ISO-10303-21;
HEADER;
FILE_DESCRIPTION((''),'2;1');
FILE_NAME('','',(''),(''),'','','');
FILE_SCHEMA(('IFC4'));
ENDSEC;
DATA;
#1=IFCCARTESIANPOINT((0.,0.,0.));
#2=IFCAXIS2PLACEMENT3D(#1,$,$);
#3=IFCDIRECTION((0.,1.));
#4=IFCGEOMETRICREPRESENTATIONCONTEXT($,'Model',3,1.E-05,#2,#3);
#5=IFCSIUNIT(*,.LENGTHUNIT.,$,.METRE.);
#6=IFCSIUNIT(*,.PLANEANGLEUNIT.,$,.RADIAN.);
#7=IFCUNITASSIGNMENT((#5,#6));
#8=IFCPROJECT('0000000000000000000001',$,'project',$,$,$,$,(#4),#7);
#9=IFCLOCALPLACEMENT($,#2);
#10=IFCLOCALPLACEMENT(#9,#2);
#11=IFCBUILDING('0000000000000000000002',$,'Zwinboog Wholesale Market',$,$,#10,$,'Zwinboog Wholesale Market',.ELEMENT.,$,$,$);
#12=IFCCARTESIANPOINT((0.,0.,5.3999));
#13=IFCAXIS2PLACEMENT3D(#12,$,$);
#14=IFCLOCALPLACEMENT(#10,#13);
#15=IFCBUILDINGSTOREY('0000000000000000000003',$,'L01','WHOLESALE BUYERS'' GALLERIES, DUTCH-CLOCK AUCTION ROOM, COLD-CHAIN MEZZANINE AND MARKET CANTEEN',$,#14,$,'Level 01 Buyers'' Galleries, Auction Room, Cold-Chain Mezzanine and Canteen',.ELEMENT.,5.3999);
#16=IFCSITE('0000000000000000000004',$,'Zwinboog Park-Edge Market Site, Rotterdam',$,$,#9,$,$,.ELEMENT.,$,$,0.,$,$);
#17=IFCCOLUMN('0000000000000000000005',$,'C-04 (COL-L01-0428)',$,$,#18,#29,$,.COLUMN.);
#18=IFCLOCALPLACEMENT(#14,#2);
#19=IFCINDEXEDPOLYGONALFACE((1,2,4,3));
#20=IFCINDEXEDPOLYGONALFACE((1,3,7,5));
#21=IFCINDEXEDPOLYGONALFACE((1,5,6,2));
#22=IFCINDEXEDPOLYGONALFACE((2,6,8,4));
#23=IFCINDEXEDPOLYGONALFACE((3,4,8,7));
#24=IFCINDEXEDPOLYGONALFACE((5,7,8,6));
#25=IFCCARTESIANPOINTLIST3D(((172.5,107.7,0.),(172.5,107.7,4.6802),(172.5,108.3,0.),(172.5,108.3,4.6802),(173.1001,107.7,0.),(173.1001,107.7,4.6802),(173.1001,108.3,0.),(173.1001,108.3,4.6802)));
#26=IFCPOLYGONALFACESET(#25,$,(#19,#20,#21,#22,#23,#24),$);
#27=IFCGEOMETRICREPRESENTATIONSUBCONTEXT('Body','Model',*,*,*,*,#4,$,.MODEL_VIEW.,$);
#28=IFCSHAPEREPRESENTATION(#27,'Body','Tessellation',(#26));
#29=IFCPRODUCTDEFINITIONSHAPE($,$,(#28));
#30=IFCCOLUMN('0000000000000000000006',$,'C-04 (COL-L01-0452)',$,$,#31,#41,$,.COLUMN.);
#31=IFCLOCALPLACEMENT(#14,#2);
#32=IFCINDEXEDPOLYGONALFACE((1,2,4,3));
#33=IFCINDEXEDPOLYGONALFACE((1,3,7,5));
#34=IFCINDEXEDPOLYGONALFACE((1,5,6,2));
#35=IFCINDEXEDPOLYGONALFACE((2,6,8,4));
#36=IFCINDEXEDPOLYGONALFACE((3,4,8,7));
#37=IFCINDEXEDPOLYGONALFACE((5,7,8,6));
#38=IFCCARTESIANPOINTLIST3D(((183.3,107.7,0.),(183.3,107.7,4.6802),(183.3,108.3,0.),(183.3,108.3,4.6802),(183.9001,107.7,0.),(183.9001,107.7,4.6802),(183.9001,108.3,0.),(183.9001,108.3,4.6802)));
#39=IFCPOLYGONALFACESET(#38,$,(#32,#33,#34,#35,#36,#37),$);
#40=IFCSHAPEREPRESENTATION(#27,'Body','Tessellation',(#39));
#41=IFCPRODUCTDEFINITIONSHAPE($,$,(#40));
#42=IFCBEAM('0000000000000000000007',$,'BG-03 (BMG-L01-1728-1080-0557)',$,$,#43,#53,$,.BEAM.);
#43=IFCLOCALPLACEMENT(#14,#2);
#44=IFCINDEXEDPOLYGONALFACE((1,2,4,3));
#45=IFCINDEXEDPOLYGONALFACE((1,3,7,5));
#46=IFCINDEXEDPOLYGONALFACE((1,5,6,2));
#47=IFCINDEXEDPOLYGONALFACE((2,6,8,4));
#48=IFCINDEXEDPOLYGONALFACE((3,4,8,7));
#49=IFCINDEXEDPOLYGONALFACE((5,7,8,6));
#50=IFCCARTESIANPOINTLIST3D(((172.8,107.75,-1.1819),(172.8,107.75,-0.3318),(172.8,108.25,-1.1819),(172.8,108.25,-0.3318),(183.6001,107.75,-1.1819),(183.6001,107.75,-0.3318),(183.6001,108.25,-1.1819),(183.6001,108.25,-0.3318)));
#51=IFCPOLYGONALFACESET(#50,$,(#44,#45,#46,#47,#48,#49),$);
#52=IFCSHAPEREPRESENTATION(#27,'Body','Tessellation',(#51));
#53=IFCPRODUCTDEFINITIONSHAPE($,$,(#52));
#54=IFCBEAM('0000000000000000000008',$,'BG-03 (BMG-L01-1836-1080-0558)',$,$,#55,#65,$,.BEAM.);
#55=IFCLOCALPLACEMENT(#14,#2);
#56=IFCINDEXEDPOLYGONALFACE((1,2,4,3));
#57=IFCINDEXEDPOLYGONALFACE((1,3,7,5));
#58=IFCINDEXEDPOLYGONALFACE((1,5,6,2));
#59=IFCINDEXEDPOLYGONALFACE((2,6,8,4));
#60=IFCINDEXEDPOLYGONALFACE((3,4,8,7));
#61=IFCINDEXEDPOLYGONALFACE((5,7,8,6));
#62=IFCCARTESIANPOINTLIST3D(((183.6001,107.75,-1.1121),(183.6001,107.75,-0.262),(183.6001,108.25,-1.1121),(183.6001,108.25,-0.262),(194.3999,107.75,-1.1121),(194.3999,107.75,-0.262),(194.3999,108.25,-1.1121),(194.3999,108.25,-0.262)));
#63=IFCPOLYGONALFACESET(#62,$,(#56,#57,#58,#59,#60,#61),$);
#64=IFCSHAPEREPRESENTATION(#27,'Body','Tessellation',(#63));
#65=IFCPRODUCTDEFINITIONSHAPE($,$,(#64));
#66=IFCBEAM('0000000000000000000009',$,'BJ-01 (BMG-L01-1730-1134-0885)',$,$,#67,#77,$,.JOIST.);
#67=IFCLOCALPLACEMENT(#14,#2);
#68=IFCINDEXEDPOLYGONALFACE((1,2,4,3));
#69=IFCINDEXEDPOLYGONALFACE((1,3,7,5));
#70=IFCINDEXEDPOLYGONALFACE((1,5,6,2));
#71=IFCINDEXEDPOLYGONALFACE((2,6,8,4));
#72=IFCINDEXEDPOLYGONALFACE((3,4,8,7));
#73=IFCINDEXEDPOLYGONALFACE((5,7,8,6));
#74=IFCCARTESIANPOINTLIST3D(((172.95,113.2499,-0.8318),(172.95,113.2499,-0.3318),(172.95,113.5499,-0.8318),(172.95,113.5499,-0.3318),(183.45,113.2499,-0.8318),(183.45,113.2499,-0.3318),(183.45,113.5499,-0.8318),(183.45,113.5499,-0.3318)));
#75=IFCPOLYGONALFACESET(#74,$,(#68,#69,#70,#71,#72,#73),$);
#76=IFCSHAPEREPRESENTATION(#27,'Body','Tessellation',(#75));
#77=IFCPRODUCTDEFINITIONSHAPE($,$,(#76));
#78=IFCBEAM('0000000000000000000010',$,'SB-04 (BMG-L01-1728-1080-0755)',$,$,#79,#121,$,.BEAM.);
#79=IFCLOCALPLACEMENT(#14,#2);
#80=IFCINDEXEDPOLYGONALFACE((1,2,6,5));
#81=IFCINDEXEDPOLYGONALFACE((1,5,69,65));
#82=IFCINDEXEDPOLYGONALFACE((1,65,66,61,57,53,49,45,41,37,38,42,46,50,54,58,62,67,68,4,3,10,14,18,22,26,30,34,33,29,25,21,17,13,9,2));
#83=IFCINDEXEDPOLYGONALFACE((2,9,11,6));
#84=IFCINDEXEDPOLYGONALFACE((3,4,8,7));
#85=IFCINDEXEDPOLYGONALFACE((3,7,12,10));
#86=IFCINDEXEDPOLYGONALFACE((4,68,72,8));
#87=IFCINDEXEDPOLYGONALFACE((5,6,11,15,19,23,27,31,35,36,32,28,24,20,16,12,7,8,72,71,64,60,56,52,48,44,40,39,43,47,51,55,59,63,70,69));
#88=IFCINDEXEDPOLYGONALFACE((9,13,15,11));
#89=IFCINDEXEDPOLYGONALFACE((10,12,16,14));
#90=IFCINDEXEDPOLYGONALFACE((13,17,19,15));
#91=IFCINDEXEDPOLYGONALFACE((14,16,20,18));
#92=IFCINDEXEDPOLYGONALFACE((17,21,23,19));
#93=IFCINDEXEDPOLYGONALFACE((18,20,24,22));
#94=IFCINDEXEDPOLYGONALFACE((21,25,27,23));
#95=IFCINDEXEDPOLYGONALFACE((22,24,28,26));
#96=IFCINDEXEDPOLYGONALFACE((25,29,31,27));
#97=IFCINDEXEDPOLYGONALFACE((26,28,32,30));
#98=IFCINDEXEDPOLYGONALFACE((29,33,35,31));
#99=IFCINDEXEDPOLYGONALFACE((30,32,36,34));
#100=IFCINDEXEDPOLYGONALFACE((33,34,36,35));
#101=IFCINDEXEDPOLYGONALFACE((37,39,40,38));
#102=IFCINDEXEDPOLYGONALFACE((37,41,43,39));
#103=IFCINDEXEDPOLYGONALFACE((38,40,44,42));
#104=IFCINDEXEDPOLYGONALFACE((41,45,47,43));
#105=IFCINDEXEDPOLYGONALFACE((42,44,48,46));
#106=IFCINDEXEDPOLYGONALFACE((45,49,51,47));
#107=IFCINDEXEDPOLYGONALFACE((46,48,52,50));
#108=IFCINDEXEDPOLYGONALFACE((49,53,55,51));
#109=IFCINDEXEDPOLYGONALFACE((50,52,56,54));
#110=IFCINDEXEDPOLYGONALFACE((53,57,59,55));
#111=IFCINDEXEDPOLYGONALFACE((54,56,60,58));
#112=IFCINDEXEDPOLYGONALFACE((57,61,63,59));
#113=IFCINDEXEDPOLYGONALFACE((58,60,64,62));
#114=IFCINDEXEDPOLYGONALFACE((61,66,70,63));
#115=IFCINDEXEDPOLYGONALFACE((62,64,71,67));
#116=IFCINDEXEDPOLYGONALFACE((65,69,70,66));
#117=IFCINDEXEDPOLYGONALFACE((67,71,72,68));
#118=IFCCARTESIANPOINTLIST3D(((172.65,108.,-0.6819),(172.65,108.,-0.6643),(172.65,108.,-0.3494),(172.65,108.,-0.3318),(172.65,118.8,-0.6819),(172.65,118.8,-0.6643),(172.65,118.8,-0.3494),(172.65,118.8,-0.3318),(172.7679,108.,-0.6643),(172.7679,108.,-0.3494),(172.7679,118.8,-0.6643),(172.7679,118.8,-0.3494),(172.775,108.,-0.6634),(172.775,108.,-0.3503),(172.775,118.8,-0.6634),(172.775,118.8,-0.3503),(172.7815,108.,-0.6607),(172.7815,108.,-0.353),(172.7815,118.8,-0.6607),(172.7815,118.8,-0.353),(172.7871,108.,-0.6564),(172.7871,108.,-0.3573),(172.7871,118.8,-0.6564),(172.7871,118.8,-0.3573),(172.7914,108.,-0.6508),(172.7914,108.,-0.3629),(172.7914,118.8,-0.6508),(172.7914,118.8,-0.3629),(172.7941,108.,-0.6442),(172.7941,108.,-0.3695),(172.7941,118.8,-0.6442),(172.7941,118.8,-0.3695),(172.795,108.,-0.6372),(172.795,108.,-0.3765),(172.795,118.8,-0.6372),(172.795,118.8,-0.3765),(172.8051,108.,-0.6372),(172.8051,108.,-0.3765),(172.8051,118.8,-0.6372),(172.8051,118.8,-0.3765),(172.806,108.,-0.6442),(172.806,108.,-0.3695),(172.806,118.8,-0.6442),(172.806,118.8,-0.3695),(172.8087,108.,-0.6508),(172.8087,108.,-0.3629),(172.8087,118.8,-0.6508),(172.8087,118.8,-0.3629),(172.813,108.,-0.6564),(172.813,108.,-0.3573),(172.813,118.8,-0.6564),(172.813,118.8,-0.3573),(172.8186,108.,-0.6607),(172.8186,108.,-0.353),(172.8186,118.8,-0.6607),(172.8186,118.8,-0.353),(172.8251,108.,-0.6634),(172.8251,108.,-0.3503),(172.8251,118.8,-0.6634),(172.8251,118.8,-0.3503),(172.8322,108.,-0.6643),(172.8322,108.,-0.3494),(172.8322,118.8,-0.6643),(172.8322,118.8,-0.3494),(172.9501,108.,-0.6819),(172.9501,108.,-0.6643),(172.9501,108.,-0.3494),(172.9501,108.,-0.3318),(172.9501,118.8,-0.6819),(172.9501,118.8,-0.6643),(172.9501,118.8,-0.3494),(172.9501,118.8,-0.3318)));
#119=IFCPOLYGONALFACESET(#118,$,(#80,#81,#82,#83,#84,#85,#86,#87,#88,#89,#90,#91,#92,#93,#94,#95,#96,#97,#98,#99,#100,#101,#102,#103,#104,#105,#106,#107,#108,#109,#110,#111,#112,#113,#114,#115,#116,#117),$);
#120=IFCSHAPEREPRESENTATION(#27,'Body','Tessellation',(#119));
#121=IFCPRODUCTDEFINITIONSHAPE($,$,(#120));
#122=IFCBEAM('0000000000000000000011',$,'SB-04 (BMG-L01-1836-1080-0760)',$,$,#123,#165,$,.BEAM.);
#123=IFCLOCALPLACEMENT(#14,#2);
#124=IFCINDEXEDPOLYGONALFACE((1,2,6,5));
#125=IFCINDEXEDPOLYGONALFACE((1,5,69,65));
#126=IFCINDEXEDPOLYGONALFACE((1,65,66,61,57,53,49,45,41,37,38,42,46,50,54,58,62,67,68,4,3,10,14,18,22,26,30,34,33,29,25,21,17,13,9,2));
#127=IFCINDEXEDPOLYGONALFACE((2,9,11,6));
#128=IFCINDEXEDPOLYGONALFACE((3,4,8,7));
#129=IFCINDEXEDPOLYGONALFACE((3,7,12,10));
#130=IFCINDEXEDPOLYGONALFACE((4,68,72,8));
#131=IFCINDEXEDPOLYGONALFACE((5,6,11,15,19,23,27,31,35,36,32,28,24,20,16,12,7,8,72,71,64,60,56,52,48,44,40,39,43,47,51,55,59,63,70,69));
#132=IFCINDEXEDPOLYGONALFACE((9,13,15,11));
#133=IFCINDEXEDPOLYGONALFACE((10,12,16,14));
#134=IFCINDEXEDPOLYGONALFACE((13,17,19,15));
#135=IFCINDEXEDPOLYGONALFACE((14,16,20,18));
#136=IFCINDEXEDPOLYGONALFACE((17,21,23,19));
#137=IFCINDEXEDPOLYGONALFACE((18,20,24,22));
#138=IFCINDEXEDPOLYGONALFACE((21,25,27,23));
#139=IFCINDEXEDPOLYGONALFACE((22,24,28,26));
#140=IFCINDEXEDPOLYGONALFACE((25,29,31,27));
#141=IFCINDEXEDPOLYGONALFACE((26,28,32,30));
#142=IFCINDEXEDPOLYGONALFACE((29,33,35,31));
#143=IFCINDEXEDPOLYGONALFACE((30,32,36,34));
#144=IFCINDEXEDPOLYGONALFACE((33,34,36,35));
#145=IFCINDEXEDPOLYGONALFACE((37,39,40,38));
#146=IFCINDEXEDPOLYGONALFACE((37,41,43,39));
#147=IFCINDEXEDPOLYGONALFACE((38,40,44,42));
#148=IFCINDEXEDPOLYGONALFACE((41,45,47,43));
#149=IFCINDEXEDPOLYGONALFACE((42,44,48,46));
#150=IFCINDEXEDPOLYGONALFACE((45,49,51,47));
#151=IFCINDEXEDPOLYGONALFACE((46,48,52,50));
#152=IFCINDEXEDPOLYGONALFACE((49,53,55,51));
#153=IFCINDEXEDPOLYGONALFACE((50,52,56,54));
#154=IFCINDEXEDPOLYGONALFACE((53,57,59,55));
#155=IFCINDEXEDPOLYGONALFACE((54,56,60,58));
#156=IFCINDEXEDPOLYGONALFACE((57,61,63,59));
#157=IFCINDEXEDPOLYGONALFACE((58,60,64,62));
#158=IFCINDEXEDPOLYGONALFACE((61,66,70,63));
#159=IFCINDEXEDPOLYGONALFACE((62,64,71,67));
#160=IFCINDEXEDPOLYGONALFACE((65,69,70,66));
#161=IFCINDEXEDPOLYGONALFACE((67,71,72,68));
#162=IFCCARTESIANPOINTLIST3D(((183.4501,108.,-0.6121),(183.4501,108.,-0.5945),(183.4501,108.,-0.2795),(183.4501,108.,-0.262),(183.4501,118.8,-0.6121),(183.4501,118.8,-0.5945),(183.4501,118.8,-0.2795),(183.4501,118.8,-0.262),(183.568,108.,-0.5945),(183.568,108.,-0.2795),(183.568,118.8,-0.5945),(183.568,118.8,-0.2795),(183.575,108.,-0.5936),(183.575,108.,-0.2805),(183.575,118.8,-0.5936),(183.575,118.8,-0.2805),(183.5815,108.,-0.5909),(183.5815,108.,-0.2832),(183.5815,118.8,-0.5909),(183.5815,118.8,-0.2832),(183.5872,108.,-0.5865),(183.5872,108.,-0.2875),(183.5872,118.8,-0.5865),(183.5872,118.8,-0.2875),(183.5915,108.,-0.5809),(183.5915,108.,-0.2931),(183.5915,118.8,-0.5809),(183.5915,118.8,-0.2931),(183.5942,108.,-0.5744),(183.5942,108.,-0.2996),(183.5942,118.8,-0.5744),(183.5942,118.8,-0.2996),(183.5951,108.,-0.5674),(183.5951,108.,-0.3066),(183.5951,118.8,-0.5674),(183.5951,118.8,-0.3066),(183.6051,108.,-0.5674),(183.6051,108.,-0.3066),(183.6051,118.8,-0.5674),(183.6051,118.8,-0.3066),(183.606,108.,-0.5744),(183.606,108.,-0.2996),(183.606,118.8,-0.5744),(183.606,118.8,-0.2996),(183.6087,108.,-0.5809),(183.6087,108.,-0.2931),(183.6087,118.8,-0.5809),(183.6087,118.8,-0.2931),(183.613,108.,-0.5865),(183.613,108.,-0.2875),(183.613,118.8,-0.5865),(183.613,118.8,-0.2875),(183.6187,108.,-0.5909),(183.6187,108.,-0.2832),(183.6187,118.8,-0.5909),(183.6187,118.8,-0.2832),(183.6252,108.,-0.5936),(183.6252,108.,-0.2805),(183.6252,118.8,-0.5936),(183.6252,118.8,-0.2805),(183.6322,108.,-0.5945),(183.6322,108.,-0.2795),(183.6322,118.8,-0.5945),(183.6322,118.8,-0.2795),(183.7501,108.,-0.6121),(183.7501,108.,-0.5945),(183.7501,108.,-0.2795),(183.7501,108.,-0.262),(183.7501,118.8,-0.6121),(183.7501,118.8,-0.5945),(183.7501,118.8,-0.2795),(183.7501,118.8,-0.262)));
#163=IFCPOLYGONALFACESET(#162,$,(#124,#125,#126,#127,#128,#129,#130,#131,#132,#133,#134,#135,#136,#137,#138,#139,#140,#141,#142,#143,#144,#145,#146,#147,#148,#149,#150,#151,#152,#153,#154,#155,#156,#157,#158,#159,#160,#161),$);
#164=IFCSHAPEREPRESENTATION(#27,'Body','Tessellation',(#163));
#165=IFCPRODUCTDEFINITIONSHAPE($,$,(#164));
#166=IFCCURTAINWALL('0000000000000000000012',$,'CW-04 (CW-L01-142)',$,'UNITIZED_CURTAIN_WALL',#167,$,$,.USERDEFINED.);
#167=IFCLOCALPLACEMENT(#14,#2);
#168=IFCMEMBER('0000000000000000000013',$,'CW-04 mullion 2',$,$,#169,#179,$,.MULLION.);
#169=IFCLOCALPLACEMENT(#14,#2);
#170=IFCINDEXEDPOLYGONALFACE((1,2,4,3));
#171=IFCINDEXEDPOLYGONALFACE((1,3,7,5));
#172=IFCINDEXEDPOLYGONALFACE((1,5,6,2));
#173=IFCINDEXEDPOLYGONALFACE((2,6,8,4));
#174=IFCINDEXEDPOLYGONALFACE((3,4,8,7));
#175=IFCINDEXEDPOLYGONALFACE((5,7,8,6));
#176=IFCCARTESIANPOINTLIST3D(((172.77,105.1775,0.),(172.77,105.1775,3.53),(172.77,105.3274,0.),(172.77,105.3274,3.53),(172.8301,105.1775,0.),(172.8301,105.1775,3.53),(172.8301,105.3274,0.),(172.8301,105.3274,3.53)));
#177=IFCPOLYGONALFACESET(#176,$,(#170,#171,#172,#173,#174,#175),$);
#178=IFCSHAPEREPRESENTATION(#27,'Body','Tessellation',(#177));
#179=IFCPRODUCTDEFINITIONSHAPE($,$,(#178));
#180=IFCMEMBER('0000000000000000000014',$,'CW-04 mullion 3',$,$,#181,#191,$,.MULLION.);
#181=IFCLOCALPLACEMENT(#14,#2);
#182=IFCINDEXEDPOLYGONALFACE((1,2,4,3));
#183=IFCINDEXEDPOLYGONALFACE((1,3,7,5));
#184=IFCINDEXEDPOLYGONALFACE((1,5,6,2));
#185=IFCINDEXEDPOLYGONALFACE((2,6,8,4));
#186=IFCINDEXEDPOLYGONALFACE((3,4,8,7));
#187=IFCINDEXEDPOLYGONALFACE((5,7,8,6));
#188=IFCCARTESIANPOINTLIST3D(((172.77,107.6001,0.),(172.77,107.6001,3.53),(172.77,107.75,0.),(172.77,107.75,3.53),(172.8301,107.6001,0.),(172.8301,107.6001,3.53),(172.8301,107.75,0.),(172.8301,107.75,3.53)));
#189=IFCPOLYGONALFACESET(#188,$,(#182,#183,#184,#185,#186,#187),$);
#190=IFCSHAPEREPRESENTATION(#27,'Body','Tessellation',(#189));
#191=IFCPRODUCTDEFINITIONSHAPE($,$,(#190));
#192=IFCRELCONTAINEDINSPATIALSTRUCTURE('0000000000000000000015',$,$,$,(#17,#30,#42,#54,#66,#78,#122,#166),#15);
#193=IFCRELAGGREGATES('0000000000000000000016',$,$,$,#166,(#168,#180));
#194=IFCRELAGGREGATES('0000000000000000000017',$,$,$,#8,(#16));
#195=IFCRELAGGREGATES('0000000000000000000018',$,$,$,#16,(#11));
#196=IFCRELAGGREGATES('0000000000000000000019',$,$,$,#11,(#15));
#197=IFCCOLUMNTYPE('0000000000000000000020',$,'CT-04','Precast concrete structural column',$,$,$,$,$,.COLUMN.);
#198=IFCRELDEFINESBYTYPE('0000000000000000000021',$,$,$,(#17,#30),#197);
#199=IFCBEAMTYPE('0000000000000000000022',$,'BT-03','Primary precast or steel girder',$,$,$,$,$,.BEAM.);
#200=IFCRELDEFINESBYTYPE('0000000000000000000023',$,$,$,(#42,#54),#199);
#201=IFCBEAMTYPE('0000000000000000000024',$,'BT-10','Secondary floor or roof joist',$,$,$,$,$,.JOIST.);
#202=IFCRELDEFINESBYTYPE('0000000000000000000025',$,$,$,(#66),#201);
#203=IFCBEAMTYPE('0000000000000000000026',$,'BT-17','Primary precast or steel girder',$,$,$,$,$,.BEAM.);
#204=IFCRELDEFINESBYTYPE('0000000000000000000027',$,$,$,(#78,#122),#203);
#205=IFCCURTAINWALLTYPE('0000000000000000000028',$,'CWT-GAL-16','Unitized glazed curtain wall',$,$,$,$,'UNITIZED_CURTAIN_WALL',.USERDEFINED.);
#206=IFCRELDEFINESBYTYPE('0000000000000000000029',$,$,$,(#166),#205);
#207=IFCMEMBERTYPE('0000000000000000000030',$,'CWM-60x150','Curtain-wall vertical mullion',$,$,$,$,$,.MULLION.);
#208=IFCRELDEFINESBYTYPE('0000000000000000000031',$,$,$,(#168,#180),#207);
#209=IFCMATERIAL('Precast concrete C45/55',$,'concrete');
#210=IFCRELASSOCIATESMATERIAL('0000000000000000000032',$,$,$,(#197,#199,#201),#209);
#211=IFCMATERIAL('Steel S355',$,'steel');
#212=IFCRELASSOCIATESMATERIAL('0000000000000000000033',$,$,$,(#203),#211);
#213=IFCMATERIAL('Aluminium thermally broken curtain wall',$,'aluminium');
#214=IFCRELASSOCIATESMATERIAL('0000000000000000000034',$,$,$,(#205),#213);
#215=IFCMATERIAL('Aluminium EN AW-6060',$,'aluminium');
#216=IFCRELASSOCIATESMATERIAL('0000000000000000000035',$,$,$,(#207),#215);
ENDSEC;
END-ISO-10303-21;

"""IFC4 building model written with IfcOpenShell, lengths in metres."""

from ifc_helpers import new_model, si_unit, direction, frame, origin, origin_2d, place, context, subcontext, project, spatial, rectangle, i_section, extrude, material, material_profile, profile_set, type_object, element, aggregate, save


model = new_model("IFC4")

# Units and contexts
model_context = context("Model", 3, precision=1e-05, world=origin(), true_north=direction((0.0, 1.0)))
body_context = subcontext(model_context, "Body", "Model", "MODEL_VIEW")
ifc_project = project(units=[si_unit("LENGTHUNIT", "METRE"), si_unit("PLANEANGLEUNIT", "RADIAN")], contexts=[model_context])

# Site, building, storey
site_placement = place(None, origin())
site = spatial("IfcSite", under=ifc_project, at=site_placement, Name="Zwinboog Park-Edge Market Site, Rotterdam", CompositionType="ELEMENT", RefElevation=0.0)
building_placement = place(site_placement, origin())
building = spatial("IfcBuilding", under=site, at=building_placement, Name="Zwinboog Wholesale Market", LongName="Zwinboog Wholesale Market", CompositionType="ELEMENT")
storey_placement = place(building_placement, frame((0.0, 0.0, 5.3999)))
storey = spatial("IfcBuildingStorey", under=building, at=storey_placement, Name="L01", Description="WHOLESALE BUYERS' GALLERIES, DUTCH-CLOCK AUCTION ROOM, COLD-CHAIN MEZZANINE AND MARKET CANTEEN", LongName="Level 01 Buyers' Galleries, Auction Room, Cold-Chain Mezzanine and Canteen", CompositionType="ELEMENT", Elevation=5.3999)

# Columns
ifc_material_1 = material(Name="Precast concrete C45/55", Category="concrete")
ifc_material_profile_1 = material_profile(ifc_material_1, rectangle(XDim=0.6001, YDim=0.6001, at=origin_2d()), Name="PC 600x600")
ifc_profile_set_1 = profile_set([ifc_material_profile_1], Name="Precast concrete C45/55")
column_type = type_object("IfcColumnType", Name="CT-04", Description="Precast concrete structural column", PredefinedType="COLUMN", material=ifc_profile_set_1)
for number, where, z_axis, x_axis, name in (
    (1, (172.8, 108.0, 0.0), (0.0, 0.0, 1.0), (1.0, 0.0, 0.0), "C-04 (COL-L01-0428)"),
    (2, (183.6001, 108.0, 0.0), (0.0, 0.0, 1.0), (1.0, 0.0, 0.0), "C-04 (COL-L01-0452)"),
):
    element("IfcColumn", number, at=place(storey_placement, frame(where, z_axis=z_axis, x_axis=x_axis)), inside=storey, type_object=column_type, Name=name, PredefinedType="COLUMN", context=body_context, shape_type="SweptSolid", body=[
        extrude(rectangle(XDim=0.6001, YDim=0.6001, at=origin_2d()), origin(), (0.0, 0.0, 1.0), 4.6802),
    ])

# Beams
ifc_material_profile_2 = material_profile(ifc_material_1, rectangle(XDim=0.5, YDim=0.8501, at=origin_2d()), Name="PC 500x850")
ifc_profile_set_2 = profile_set([ifc_material_profile_2], Name="Precast concrete C45/55")
beam_type_1 = type_object("IfcBeamType", Name="BT-03", Description="Primary precast or steel girder", PredefinedType="BEAM", material=ifc_profile_set_2)
beam_1_placement = place(storey_placement, frame((172.8, 108.0, -0.7568), z_axis=(1.0, 0.0, 0.0), x_axis=(0.0, 1.0, 0.0)))
element("IfcBeam", 3, at=beam_1_placement, inside=storey, type_object=beam_type_1, Name="BG-03 (BMG-L01-1728-1080-0557)", PredefinedType="BEAM", context=body_context, shape_type="SweptSolid", body=[
    extrude(rectangle(XDim=0.5, YDim=0.8501, at=origin_2d()), origin(), (0.0, 0.0, 1.0), 10.8),
])
beam_2_placement = place(storey_placement, frame((183.6001, 108.0, -0.687), z_axis=(1.0, 0.0, 0.0), x_axis=(0.0, 1.0, 0.0)))
element("IfcBeam", 4, at=beam_2_placement, inside=storey, type_object=beam_type_1, Name="BG-03 (BMG-L01-1836-1080-0558)", PredefinedType="BEAM", context=body_context, shape_type="SweptSolid", body=[
    extrude(rectangle(XDim=0.5, YDim=0.8501, at=origin_2d()), origin(), (0.0, 0.0, 1.0), 10.7998),
])
ifc_material_profile_3 = material_profile(ifc_material_1, rectangle(XDim=0.3, YDim=0.5, at=origin_2d()), Name="PC 300x500")
ifc_profile_set_3 = profile_set([ifc_material_profile_3], Name="Precast concrete C45/55")
beam_type_2 = type_object("IfcBeamType", Name="BT-10", Description="Secondary floor or roof joist", PredefinedType="JOIST", material=ifc_profile_set_3)
beam_3_placement = place(storey_placement, frame((172.95, 113.3999, -0.5818), z_axis=(1.0, 0.0, 0.0), x_axis=(0.0, 1.0, 0.0)))
element("IfcBeam", 5, at=beam_3_placement, inside=storey, type_object=beam_type_2, Name="BJ-01 (BMG-L01-1730-1134-0885)", PredefinedType="JOIST", context=body_context, shape_type="SweptSolid", body=[
    extrude(rectangle(XDim=0.3, YDim=0.5, at=origin_2d()), origin(), (0.0, 0.0, 1.0), 10.5),
])
ifc_material_2 = material(Name="Steel S355", Category="steel")
ifc_material_profile_4 = material_profile(ifc_material_2, i_section(OverallWidth=0.3, OverallDepth=0.3501, WebThickness=0.01, FlangeThickness=0.0176, FilletRadius=0.0271, at=origin_2d()), Name="HEA 360")
ifc_profile_set_4 = profile_set([ifc_material_profile_4], Name="Steel S355")
beam_type_3 = type_object("IfcBeamType", Name="BT-17", Description="Primary precast or steel girder", PredefinedType="BEAM", material=ifc_profile_set_4)
for number, where, z_axis, x_axis, name in (
    (6, (172.8, 108.0, -0.5068), (0.0, 1.0, 0.0), (-1.0, 0.0, 0.0), "SB-04 (BMG-L01-1728-1080-0755)"),
    (7, (183.6001, 108.0, -0.437), (0.0, 1.0, 0.0), (-1.0, 0.0, 0.0), "SB-04 (BMG-L01-1836-1080-0760)"),
):
    element("IfcBeam", number, at=place(storey_placement, frame(where, z_axis=z_axis, x_axis=x_axis)), inside=storey, type_object=beam_type_3, Name=name, PredefinedType="BEAM", context=body_context, shape_type="SweptSolid", body=[
        extrude(i_section(OverallWidth=0.3, OverallDepth=0.3501, WebThickness=0.01, FlangeThickness=0.0176, FilletRadius=0.0271, at=origin_2d()), origin(), (0.0, 0.0, 1.0), 10.8),
    ])

# Curtain wall, members
ifc_material_3 = material(Name="Aluminium thermally broken curtain wall", Category="aluminium")
curtain_wall_type = type_object("IfcCurtainWallType", Name="CWT-GAL-16", Description="Unitized glazed curtain wall", ElementType="UNITIZED_CURTAIN_WALL", PredefinedType="USERDEFINED", material=ifc_material_3)
curtain_wall_placement = place(storey_placement, origin())
curtain_wall = element("IfcCurtainWall", 8, at=curtain_wall_placement, inside=storey, type_object=curtain_wall_type, Name="CW-04 (CW-L01-142)", ObjectType="UNITIZED_CURTAIN_WALL", PredefinedType="USERDEFINED")
ifc_material_4 = material(Name="Aluminium EN AW-6060", Category="aluminium")
ifc_material_profile_5 = material_profile(ifc_material_4, rectangle(XDim=0.0601, YDim=0.1499, at=origin_2d()), Name="AL 60x150")
ifc_profile_set_5 = profile_set([ifc_material_profile_5], Name="Aluminium EN AW-6060")
member_type_1 = type_object("IfcMemberType", Name="CWM-60x150", Description="Curtain-wall vertical mullion", PredefinedType="MULLION", material=ifc_profile_set_5)
member_1_placement = place(storey_placement, frame((172.8, 105.2524, 0.0), z_axis=(0.0, 0.0, 1.0), x_axis=(-1.0, 0.0, 0.0)))
member_1 = element("IfcMember", 9, at=member_1_placement, type_object=member_type_1, Name="CW-04 mullion 2", PredefinedType="MULLION", context=body_context, shape_type="SweptSolid", body=[
    extrude(rectangle(XDim=0.0601, YDim=0.1499, at=origin_2d()), origin(), (0.0, 0.0, 1.0), 3.53),
])
member_2_placement = place(storey_placement, frame((172.8, 107.675, 0.0), z_axis=(0.0, 0.0, 1.0), x_axis=(-1.0, 0.0, 0.0)))
member_2 = element("IfcMember", 10, at=member_2_placement, type_object=member_type_1, Name="CW-04 mullion 3", PredefinedType="MULLION", context=body_context, shape_type="SweptSolid", body=[
    extrude(rectangle(XDim=0.0601, YDim=0.1499, at=origin_2d()), origin(), (0.0, 0.0, 1.0), 3.53),
])
aggregate(curtain_wall, [member_1, member_2])

save(model, "model.ifc")
